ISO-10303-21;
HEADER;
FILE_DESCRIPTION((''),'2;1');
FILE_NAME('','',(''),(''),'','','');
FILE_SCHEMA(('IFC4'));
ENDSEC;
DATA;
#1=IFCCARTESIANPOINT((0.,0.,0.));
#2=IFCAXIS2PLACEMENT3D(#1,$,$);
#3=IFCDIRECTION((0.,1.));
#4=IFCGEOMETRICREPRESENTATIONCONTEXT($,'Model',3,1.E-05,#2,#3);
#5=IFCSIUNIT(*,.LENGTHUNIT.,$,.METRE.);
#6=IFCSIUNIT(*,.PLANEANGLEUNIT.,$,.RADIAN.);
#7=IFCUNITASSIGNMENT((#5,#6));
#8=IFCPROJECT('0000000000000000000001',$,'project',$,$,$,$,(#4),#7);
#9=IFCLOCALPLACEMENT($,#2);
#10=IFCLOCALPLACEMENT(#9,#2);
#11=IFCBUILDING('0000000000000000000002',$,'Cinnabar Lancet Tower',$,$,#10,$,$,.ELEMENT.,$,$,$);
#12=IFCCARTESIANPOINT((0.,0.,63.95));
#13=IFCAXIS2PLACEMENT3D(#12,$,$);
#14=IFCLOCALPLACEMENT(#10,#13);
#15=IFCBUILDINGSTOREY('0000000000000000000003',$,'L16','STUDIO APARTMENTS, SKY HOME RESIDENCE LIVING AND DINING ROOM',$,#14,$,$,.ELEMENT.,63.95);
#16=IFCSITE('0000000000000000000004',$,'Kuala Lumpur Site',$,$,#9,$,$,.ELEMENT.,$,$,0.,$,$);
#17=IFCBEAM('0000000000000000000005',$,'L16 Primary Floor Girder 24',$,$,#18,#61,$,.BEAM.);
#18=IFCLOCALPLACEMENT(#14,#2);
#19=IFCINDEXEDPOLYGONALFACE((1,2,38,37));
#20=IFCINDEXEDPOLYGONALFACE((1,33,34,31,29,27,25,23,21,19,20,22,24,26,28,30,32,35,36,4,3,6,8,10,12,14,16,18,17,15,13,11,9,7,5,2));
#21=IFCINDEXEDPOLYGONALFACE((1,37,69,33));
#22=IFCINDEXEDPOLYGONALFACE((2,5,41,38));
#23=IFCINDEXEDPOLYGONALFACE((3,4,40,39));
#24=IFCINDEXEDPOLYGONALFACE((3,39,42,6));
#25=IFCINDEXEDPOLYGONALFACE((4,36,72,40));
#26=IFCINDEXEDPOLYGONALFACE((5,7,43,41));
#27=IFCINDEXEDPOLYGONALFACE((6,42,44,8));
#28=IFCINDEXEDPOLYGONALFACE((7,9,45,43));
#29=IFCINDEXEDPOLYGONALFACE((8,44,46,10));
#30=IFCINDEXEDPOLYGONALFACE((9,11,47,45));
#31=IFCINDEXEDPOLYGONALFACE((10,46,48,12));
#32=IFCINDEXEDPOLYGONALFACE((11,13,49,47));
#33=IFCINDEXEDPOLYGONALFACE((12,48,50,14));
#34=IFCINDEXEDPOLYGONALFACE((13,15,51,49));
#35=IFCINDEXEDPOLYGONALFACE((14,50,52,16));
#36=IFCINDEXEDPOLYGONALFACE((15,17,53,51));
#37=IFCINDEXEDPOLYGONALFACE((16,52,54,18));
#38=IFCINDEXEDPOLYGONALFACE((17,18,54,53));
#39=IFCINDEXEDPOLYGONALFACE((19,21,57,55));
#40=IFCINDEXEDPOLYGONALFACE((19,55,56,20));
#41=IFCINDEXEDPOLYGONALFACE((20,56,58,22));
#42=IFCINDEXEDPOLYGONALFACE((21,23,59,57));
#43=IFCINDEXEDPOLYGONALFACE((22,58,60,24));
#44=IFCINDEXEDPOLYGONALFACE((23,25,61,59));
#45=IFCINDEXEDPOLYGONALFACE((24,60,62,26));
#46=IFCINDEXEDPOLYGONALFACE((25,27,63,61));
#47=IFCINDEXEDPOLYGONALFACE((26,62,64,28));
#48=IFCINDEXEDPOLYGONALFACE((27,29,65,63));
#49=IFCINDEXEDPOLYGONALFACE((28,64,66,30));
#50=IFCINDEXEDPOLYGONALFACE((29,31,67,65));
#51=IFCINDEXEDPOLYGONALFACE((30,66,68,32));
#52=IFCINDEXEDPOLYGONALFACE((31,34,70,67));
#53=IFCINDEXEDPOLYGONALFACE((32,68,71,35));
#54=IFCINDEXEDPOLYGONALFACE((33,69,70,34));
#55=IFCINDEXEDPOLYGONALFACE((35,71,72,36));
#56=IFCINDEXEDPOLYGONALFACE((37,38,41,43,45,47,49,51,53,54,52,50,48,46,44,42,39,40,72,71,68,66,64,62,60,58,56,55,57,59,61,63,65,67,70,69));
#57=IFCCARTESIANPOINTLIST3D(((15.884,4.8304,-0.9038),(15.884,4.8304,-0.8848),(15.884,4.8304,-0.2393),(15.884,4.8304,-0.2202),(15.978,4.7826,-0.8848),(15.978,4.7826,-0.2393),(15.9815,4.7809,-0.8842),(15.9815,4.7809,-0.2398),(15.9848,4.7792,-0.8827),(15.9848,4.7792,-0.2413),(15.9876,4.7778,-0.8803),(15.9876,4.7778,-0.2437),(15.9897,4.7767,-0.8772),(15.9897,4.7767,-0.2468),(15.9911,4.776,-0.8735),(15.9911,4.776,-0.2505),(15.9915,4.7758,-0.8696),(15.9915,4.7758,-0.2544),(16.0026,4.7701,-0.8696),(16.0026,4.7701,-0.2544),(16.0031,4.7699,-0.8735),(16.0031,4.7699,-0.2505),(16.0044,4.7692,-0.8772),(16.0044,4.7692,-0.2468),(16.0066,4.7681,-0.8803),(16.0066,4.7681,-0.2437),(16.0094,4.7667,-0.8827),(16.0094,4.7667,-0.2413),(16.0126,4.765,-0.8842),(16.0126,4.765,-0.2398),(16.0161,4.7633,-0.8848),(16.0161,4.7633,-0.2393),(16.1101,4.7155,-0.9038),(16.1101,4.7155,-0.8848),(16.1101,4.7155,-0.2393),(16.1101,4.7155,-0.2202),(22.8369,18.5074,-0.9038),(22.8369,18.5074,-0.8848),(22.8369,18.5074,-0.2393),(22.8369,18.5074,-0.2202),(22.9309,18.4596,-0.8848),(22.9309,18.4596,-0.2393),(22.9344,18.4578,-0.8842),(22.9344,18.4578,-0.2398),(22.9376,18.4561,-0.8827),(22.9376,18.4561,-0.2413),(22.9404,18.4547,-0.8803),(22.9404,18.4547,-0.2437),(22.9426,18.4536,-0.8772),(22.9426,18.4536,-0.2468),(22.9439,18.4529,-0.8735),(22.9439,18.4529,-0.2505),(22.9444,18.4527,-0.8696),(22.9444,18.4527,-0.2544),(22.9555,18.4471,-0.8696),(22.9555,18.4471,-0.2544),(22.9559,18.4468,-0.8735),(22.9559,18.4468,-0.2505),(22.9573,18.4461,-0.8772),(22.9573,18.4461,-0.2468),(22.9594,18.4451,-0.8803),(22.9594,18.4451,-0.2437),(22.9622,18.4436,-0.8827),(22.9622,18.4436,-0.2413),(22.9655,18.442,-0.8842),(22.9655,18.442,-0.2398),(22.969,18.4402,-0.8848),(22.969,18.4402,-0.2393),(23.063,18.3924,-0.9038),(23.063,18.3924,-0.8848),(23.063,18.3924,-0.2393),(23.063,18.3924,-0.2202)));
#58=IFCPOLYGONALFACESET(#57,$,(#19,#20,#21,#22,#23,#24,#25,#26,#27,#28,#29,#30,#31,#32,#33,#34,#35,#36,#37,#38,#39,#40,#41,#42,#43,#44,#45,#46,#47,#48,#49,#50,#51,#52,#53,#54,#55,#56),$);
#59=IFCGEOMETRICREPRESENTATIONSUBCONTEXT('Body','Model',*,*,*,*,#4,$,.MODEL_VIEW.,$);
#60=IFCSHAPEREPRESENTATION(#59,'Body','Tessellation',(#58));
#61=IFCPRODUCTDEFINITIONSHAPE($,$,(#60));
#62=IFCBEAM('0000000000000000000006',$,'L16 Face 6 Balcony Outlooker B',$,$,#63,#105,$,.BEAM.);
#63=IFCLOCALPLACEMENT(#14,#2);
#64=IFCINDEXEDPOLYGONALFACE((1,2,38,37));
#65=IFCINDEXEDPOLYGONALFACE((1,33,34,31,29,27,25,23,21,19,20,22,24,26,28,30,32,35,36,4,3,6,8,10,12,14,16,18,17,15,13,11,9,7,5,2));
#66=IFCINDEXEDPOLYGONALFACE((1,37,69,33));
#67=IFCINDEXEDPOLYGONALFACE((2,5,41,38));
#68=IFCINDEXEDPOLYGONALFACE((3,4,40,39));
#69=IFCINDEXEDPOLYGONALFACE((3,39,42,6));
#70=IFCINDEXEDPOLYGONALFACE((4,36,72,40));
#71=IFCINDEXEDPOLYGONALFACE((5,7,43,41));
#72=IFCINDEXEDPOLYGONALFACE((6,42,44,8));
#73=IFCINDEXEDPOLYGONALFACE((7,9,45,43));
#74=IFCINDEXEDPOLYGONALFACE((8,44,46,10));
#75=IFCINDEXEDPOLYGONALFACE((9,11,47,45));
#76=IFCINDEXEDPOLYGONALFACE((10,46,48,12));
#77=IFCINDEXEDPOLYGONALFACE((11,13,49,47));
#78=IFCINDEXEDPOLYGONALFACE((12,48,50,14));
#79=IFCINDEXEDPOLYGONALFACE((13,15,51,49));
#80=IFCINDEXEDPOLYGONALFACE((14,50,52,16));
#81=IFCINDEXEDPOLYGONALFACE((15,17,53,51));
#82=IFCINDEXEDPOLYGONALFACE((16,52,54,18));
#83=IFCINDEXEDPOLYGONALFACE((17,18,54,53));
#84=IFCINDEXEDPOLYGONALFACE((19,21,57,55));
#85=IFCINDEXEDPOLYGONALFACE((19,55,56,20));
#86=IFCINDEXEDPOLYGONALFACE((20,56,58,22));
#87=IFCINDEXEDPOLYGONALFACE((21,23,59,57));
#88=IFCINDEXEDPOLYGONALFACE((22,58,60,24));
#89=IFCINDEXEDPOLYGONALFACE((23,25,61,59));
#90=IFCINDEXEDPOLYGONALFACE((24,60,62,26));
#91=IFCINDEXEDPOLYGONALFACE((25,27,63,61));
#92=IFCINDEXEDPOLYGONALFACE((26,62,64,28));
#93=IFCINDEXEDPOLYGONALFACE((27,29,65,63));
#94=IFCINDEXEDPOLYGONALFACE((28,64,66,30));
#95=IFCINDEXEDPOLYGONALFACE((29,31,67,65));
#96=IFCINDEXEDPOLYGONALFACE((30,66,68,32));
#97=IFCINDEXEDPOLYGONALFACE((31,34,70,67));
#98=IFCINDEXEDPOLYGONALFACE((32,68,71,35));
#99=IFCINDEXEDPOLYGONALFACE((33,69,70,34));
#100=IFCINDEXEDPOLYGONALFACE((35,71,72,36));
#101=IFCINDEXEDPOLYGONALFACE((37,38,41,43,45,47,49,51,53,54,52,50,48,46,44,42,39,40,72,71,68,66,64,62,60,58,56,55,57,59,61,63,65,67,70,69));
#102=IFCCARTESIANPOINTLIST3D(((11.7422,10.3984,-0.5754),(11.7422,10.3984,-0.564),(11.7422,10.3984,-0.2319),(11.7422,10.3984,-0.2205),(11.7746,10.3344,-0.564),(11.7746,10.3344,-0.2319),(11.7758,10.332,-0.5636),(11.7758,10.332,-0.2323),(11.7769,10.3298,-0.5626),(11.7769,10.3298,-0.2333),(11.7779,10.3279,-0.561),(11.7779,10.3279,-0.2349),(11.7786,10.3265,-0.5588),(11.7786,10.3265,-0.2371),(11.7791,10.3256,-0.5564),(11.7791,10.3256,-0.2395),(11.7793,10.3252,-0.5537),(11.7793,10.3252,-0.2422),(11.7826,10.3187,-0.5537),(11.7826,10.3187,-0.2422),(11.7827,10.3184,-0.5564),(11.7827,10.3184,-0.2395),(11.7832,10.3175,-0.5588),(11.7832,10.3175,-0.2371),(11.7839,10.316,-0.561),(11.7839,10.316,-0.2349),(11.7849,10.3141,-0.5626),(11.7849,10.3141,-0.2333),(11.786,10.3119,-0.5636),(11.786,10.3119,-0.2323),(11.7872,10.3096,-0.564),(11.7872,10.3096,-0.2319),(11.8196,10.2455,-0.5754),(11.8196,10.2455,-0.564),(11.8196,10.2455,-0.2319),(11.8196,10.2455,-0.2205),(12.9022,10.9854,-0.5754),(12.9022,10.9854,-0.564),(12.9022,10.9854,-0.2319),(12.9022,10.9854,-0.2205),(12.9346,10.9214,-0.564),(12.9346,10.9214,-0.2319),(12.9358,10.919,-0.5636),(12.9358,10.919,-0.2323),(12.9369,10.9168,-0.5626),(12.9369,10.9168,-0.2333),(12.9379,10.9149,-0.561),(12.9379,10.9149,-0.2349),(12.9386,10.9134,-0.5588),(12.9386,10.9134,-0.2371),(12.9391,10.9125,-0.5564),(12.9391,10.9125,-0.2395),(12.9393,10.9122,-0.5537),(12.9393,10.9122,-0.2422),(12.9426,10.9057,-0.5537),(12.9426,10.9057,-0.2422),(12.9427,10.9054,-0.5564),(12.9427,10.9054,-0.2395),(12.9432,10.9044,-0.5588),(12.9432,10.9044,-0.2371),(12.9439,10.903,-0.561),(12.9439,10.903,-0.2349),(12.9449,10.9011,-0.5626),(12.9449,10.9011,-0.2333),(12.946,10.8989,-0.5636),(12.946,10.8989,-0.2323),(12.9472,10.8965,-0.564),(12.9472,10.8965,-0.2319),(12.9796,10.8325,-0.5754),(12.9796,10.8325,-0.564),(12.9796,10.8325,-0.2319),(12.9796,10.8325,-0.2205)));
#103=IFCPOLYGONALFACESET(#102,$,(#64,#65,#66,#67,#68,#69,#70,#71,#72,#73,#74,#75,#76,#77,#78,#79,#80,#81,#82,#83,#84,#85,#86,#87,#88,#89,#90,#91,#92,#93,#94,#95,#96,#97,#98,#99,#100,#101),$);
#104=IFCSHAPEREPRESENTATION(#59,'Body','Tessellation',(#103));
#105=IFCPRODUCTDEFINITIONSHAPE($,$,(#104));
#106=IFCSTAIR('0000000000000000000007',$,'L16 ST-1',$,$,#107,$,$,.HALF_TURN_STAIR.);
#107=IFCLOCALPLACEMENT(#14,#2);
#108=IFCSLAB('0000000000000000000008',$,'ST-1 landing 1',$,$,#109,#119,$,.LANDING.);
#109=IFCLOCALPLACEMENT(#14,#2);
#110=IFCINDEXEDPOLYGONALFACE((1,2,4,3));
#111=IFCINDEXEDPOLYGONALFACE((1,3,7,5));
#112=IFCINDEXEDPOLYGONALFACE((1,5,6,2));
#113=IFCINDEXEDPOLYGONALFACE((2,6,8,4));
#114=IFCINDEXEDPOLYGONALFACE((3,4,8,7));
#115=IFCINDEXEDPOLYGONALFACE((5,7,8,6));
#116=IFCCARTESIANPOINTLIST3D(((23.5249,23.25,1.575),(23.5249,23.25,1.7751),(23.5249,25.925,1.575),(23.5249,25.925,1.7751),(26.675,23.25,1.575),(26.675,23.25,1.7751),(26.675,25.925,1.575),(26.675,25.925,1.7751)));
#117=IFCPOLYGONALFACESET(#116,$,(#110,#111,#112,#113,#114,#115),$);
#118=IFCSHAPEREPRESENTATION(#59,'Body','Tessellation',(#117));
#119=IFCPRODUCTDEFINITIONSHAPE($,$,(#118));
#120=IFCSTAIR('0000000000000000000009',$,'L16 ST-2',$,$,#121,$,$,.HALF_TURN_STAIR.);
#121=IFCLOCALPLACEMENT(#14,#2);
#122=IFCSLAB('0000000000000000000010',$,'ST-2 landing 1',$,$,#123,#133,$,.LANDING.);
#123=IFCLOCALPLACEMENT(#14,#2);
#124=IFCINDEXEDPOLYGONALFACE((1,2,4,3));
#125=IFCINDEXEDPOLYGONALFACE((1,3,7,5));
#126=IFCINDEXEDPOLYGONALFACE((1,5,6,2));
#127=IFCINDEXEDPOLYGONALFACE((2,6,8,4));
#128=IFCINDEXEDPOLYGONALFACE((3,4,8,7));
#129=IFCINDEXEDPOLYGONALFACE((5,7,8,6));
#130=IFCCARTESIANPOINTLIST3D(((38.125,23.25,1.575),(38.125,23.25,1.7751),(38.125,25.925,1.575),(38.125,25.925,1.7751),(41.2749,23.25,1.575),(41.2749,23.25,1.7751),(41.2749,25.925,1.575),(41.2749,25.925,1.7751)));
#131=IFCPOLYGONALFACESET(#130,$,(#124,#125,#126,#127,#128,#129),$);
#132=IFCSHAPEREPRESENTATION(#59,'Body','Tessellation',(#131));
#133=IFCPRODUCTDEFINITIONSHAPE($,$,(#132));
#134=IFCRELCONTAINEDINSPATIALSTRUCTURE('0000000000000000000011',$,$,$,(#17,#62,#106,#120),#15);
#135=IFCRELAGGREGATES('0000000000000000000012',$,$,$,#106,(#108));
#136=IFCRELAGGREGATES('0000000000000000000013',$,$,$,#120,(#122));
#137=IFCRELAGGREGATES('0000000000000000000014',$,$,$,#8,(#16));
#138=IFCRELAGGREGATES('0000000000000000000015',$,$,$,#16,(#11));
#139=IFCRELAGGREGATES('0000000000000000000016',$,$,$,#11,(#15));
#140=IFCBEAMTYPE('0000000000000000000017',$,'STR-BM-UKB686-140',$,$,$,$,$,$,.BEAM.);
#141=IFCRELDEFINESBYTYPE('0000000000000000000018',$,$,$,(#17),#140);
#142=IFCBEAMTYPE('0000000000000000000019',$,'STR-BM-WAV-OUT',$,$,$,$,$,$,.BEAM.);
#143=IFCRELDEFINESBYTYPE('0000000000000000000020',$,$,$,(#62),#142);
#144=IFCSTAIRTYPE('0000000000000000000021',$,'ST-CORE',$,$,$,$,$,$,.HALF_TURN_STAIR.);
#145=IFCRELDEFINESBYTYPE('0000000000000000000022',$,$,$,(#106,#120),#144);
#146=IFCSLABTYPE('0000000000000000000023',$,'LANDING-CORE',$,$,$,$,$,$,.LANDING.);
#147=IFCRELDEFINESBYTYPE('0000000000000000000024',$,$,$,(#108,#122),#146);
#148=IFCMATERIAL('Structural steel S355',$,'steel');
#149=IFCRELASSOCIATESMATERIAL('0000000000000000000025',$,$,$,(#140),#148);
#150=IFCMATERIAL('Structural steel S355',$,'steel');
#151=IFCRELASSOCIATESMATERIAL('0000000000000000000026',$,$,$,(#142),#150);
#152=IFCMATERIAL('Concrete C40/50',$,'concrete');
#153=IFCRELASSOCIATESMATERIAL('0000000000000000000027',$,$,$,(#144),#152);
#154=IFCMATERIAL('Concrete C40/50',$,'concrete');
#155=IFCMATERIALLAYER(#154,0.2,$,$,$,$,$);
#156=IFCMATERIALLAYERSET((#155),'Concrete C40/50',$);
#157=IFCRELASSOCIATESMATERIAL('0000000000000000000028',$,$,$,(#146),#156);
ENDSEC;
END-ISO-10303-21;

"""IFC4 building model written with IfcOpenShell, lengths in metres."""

from ifc_helpers import new_model, si_unit, direction, frame, origin, origin_2d, place, context, subcontext, project, spatial, polyline, i_section, outline, extrude, material, layer, layer_set, material_profile, profile_set, type_object, element, aggregate, save


model = new_model("IFC4")

# Units and contexts
model_context = context("Model", 3, precision=1e-05, world=origin(), true_north=direction((0.0, 1.0)))
body_context = subcontext(model_context, "Body", "Model", "MODEL_VIEW")
ifc_project = project(units=[si_unit("LENGTHUNIT", "METRE"), si_unit("PLANEANGLEUNIT", "RADIAN")], contexts=[model_context])

# Site, building, storey
site_placement = place(None, origin())
site = spatial("IfcSite", under=ifc_project, at=site_placement, Name="Kuala Lumpur Site", CompositionType="ELEMENT", RefElevation=0.0)
building_placement = place(site_placement, origin())
building = spatial("IfcBuilding", under=site, at=building_placement, Name="Cinnabar Lancet Tower", CompositionType="ELEMENT")
storey_placement = place(building_placement, frame((0.0, 0.0, 63.95)))
storey = spatial("IfcBuildingStorey", under=building, at=storey_placement, Name="L16", Description="STUDIO APARTMENTS, SKY HOME RESIDENCE LIVING AND DINING ROOM", CompositionType="ELEMENT", Elevation=63.95)

# Beams
ifc_material_1 = material(Name="Structural steel S355", Category="steel")
ifc_material_profile_1 = material_profile(ifc_material_1, i_section(OverallWidth=0.2537, OverallDepth=0.6836, WebThickness=0.0125, FlangeThickness=0.019, FilletRadius=0.0151, at=origin_2d()), Name="UKB 686x254x140")
ifc_profile_set_1 = profile_set([ifc_material_profile_1], Name="Structural steel S355")
beam_type_1 = type_object("IfcBeamType", Name="STR-BM-UKB686-140", PredefinedType="BEAM", material=ifc_profile_set_1)
beam_1_placement = place(storey_placement, frame((15.9971, 4.7729, -0.562), z_axis=(0.453168, 0.891425, 0.0), x_axis=(-0.891425, 0.453168, 0.0)))
element("IfcBeam", 1, at=beam_1_placement, inside=storey, type_object=beam_type_1, Name="L16 Primary Floor Girder 24", PredefinedType="BEAM", context=body_context, shape_type="SweptSolid", body=[
    extrude(i_section(OverallWidth=0.2537, OverallDepth=0.6836, WebThickness=0.0125, FlangeThickness=0.019, FilletRadius=0.0151, at=origin_2d()), origin(), (0.0, 0.0, 1.0), 15.3428),
])
ifc_material_2 = material(Name="Structural steel S355", Category="steel")
ifc_material_profile_2 = material_profile(ifc_material_2, i_section(OverallWidth=0.1714, OverallDepth=0.355, WebThickness=0.0073, FlangeThickness=0.0115, FilletRadius=0.0103, at=origin_2d()), Name="UKB 356x171x51")
ifc_profile_set_2 = profile_set([ifc_material_profile_2], Name="Structural steel S355")
beam_type_2 = type_object("IfcBeamType", Name="STR-BM-WAV-OUT", PredefinedType="BEAM", material=ifc_profile_set_2)
beam_2_placement = place(storey_placement, frame((12.9409, 10.9089, -0.3979), z_axis=(-0.892276, -0.45149, 0.0), x_axis=(0.45149, -0.892276, 0.0)))
element("IfcBeam", 2, at=beam_2_placement, inside=storey, type_object=beam_type_2, Name="L16 Face 6 Balcony Outlooker B", PredefinedType="BEAM", context=body_context, shape_type="SweptSolid", body=[
    extrude(i_section(OverallWidth=0.1714, OverallDepth=0.355, WebThickness=0.0073, FlangeThickness=0.0115, FilletRadius=0.0103, at=origin_2d()), origin(), (0.0, 0.0, 1.0), 1.3),
])

# Stairs, slabs
ifc_material_3 = material(Name="Concrete C40/50", Category="concrete")
stair_type = type_object("IfcStairType", Name="ST-CORE", PredefinedType="HALF_TURN_STAIR", material=ifc_material_3)
stair_1_placement = place(storey_placement, origin())
stair_1 = element("IfcStair", 3, at=stair_1_placement, inside=storey, type_object=stair_type, Name="L16 ST-1", PredefinedType="HALF_TURN_STAIR")
ifc_material_4 = material(Name="Concrete C40/50", Category="concrete")
ifc_layer_1 = layer(ifc_material_4, 0.2)
ifc_layer_set_1 = layer_set([ifc_layer_1], Name="Concrete C40/50")
slab_type_1 = type_object("IfcSlabType", Name="LANDING-CORE", PredefinedType="LANDING", material=ifc_layer_set_1)
slab_1_placement = place(storey_placement, frame((0.0, 0.0, 1.575)))
slab_1 = element("IfcSlab", 4, at=slab_1_placement, type_object=slab_type_1, Name="ST-1 landing 1", PredefinedType="LANDING", context=body_context, shape_type="SweptSolid", body=[
    extrude(outline(polyline([(23.5249, 25.925), (23.5249, 23.25), (26.675, 23.25), (26.675, 25.925), (23.5249, 25.925)])), origin(), (0.0, 0.0, 1.0), 0.2002),
])
aggregate(stair_1, [slab_1])
stair_2_placement = place(storey_placement, origin())
stair_2 = element("IfcStair", 5, at=stair_2_placement, inside=storey, type_object=stair_type, Name="L16 ST-2", PredefinedType="HALF_TURN_STAIR")
slab_2_placement = place(storey_placement, frame((0.0, 0.0, 1.575)))
slab_2 = element("IfcSlab", 6, at=slab_2_placement, type_object=slab_type_1, Name="ST-2 landing 1", PredefinedType="LANDING", context=body_context, shape_type="SweptSolid", body=[
    extrude(outline(polyline([(38.125, 25.925), (38.125, 23.25), (41.2749, 23.25), (41.2749, 25.925), (38.125, 25.925)])), origin(), (0.0, 0.0, 1.0), 0.2002),
])
aggregate(stair_2, [slab_2])

save(model, "model.ifc")
